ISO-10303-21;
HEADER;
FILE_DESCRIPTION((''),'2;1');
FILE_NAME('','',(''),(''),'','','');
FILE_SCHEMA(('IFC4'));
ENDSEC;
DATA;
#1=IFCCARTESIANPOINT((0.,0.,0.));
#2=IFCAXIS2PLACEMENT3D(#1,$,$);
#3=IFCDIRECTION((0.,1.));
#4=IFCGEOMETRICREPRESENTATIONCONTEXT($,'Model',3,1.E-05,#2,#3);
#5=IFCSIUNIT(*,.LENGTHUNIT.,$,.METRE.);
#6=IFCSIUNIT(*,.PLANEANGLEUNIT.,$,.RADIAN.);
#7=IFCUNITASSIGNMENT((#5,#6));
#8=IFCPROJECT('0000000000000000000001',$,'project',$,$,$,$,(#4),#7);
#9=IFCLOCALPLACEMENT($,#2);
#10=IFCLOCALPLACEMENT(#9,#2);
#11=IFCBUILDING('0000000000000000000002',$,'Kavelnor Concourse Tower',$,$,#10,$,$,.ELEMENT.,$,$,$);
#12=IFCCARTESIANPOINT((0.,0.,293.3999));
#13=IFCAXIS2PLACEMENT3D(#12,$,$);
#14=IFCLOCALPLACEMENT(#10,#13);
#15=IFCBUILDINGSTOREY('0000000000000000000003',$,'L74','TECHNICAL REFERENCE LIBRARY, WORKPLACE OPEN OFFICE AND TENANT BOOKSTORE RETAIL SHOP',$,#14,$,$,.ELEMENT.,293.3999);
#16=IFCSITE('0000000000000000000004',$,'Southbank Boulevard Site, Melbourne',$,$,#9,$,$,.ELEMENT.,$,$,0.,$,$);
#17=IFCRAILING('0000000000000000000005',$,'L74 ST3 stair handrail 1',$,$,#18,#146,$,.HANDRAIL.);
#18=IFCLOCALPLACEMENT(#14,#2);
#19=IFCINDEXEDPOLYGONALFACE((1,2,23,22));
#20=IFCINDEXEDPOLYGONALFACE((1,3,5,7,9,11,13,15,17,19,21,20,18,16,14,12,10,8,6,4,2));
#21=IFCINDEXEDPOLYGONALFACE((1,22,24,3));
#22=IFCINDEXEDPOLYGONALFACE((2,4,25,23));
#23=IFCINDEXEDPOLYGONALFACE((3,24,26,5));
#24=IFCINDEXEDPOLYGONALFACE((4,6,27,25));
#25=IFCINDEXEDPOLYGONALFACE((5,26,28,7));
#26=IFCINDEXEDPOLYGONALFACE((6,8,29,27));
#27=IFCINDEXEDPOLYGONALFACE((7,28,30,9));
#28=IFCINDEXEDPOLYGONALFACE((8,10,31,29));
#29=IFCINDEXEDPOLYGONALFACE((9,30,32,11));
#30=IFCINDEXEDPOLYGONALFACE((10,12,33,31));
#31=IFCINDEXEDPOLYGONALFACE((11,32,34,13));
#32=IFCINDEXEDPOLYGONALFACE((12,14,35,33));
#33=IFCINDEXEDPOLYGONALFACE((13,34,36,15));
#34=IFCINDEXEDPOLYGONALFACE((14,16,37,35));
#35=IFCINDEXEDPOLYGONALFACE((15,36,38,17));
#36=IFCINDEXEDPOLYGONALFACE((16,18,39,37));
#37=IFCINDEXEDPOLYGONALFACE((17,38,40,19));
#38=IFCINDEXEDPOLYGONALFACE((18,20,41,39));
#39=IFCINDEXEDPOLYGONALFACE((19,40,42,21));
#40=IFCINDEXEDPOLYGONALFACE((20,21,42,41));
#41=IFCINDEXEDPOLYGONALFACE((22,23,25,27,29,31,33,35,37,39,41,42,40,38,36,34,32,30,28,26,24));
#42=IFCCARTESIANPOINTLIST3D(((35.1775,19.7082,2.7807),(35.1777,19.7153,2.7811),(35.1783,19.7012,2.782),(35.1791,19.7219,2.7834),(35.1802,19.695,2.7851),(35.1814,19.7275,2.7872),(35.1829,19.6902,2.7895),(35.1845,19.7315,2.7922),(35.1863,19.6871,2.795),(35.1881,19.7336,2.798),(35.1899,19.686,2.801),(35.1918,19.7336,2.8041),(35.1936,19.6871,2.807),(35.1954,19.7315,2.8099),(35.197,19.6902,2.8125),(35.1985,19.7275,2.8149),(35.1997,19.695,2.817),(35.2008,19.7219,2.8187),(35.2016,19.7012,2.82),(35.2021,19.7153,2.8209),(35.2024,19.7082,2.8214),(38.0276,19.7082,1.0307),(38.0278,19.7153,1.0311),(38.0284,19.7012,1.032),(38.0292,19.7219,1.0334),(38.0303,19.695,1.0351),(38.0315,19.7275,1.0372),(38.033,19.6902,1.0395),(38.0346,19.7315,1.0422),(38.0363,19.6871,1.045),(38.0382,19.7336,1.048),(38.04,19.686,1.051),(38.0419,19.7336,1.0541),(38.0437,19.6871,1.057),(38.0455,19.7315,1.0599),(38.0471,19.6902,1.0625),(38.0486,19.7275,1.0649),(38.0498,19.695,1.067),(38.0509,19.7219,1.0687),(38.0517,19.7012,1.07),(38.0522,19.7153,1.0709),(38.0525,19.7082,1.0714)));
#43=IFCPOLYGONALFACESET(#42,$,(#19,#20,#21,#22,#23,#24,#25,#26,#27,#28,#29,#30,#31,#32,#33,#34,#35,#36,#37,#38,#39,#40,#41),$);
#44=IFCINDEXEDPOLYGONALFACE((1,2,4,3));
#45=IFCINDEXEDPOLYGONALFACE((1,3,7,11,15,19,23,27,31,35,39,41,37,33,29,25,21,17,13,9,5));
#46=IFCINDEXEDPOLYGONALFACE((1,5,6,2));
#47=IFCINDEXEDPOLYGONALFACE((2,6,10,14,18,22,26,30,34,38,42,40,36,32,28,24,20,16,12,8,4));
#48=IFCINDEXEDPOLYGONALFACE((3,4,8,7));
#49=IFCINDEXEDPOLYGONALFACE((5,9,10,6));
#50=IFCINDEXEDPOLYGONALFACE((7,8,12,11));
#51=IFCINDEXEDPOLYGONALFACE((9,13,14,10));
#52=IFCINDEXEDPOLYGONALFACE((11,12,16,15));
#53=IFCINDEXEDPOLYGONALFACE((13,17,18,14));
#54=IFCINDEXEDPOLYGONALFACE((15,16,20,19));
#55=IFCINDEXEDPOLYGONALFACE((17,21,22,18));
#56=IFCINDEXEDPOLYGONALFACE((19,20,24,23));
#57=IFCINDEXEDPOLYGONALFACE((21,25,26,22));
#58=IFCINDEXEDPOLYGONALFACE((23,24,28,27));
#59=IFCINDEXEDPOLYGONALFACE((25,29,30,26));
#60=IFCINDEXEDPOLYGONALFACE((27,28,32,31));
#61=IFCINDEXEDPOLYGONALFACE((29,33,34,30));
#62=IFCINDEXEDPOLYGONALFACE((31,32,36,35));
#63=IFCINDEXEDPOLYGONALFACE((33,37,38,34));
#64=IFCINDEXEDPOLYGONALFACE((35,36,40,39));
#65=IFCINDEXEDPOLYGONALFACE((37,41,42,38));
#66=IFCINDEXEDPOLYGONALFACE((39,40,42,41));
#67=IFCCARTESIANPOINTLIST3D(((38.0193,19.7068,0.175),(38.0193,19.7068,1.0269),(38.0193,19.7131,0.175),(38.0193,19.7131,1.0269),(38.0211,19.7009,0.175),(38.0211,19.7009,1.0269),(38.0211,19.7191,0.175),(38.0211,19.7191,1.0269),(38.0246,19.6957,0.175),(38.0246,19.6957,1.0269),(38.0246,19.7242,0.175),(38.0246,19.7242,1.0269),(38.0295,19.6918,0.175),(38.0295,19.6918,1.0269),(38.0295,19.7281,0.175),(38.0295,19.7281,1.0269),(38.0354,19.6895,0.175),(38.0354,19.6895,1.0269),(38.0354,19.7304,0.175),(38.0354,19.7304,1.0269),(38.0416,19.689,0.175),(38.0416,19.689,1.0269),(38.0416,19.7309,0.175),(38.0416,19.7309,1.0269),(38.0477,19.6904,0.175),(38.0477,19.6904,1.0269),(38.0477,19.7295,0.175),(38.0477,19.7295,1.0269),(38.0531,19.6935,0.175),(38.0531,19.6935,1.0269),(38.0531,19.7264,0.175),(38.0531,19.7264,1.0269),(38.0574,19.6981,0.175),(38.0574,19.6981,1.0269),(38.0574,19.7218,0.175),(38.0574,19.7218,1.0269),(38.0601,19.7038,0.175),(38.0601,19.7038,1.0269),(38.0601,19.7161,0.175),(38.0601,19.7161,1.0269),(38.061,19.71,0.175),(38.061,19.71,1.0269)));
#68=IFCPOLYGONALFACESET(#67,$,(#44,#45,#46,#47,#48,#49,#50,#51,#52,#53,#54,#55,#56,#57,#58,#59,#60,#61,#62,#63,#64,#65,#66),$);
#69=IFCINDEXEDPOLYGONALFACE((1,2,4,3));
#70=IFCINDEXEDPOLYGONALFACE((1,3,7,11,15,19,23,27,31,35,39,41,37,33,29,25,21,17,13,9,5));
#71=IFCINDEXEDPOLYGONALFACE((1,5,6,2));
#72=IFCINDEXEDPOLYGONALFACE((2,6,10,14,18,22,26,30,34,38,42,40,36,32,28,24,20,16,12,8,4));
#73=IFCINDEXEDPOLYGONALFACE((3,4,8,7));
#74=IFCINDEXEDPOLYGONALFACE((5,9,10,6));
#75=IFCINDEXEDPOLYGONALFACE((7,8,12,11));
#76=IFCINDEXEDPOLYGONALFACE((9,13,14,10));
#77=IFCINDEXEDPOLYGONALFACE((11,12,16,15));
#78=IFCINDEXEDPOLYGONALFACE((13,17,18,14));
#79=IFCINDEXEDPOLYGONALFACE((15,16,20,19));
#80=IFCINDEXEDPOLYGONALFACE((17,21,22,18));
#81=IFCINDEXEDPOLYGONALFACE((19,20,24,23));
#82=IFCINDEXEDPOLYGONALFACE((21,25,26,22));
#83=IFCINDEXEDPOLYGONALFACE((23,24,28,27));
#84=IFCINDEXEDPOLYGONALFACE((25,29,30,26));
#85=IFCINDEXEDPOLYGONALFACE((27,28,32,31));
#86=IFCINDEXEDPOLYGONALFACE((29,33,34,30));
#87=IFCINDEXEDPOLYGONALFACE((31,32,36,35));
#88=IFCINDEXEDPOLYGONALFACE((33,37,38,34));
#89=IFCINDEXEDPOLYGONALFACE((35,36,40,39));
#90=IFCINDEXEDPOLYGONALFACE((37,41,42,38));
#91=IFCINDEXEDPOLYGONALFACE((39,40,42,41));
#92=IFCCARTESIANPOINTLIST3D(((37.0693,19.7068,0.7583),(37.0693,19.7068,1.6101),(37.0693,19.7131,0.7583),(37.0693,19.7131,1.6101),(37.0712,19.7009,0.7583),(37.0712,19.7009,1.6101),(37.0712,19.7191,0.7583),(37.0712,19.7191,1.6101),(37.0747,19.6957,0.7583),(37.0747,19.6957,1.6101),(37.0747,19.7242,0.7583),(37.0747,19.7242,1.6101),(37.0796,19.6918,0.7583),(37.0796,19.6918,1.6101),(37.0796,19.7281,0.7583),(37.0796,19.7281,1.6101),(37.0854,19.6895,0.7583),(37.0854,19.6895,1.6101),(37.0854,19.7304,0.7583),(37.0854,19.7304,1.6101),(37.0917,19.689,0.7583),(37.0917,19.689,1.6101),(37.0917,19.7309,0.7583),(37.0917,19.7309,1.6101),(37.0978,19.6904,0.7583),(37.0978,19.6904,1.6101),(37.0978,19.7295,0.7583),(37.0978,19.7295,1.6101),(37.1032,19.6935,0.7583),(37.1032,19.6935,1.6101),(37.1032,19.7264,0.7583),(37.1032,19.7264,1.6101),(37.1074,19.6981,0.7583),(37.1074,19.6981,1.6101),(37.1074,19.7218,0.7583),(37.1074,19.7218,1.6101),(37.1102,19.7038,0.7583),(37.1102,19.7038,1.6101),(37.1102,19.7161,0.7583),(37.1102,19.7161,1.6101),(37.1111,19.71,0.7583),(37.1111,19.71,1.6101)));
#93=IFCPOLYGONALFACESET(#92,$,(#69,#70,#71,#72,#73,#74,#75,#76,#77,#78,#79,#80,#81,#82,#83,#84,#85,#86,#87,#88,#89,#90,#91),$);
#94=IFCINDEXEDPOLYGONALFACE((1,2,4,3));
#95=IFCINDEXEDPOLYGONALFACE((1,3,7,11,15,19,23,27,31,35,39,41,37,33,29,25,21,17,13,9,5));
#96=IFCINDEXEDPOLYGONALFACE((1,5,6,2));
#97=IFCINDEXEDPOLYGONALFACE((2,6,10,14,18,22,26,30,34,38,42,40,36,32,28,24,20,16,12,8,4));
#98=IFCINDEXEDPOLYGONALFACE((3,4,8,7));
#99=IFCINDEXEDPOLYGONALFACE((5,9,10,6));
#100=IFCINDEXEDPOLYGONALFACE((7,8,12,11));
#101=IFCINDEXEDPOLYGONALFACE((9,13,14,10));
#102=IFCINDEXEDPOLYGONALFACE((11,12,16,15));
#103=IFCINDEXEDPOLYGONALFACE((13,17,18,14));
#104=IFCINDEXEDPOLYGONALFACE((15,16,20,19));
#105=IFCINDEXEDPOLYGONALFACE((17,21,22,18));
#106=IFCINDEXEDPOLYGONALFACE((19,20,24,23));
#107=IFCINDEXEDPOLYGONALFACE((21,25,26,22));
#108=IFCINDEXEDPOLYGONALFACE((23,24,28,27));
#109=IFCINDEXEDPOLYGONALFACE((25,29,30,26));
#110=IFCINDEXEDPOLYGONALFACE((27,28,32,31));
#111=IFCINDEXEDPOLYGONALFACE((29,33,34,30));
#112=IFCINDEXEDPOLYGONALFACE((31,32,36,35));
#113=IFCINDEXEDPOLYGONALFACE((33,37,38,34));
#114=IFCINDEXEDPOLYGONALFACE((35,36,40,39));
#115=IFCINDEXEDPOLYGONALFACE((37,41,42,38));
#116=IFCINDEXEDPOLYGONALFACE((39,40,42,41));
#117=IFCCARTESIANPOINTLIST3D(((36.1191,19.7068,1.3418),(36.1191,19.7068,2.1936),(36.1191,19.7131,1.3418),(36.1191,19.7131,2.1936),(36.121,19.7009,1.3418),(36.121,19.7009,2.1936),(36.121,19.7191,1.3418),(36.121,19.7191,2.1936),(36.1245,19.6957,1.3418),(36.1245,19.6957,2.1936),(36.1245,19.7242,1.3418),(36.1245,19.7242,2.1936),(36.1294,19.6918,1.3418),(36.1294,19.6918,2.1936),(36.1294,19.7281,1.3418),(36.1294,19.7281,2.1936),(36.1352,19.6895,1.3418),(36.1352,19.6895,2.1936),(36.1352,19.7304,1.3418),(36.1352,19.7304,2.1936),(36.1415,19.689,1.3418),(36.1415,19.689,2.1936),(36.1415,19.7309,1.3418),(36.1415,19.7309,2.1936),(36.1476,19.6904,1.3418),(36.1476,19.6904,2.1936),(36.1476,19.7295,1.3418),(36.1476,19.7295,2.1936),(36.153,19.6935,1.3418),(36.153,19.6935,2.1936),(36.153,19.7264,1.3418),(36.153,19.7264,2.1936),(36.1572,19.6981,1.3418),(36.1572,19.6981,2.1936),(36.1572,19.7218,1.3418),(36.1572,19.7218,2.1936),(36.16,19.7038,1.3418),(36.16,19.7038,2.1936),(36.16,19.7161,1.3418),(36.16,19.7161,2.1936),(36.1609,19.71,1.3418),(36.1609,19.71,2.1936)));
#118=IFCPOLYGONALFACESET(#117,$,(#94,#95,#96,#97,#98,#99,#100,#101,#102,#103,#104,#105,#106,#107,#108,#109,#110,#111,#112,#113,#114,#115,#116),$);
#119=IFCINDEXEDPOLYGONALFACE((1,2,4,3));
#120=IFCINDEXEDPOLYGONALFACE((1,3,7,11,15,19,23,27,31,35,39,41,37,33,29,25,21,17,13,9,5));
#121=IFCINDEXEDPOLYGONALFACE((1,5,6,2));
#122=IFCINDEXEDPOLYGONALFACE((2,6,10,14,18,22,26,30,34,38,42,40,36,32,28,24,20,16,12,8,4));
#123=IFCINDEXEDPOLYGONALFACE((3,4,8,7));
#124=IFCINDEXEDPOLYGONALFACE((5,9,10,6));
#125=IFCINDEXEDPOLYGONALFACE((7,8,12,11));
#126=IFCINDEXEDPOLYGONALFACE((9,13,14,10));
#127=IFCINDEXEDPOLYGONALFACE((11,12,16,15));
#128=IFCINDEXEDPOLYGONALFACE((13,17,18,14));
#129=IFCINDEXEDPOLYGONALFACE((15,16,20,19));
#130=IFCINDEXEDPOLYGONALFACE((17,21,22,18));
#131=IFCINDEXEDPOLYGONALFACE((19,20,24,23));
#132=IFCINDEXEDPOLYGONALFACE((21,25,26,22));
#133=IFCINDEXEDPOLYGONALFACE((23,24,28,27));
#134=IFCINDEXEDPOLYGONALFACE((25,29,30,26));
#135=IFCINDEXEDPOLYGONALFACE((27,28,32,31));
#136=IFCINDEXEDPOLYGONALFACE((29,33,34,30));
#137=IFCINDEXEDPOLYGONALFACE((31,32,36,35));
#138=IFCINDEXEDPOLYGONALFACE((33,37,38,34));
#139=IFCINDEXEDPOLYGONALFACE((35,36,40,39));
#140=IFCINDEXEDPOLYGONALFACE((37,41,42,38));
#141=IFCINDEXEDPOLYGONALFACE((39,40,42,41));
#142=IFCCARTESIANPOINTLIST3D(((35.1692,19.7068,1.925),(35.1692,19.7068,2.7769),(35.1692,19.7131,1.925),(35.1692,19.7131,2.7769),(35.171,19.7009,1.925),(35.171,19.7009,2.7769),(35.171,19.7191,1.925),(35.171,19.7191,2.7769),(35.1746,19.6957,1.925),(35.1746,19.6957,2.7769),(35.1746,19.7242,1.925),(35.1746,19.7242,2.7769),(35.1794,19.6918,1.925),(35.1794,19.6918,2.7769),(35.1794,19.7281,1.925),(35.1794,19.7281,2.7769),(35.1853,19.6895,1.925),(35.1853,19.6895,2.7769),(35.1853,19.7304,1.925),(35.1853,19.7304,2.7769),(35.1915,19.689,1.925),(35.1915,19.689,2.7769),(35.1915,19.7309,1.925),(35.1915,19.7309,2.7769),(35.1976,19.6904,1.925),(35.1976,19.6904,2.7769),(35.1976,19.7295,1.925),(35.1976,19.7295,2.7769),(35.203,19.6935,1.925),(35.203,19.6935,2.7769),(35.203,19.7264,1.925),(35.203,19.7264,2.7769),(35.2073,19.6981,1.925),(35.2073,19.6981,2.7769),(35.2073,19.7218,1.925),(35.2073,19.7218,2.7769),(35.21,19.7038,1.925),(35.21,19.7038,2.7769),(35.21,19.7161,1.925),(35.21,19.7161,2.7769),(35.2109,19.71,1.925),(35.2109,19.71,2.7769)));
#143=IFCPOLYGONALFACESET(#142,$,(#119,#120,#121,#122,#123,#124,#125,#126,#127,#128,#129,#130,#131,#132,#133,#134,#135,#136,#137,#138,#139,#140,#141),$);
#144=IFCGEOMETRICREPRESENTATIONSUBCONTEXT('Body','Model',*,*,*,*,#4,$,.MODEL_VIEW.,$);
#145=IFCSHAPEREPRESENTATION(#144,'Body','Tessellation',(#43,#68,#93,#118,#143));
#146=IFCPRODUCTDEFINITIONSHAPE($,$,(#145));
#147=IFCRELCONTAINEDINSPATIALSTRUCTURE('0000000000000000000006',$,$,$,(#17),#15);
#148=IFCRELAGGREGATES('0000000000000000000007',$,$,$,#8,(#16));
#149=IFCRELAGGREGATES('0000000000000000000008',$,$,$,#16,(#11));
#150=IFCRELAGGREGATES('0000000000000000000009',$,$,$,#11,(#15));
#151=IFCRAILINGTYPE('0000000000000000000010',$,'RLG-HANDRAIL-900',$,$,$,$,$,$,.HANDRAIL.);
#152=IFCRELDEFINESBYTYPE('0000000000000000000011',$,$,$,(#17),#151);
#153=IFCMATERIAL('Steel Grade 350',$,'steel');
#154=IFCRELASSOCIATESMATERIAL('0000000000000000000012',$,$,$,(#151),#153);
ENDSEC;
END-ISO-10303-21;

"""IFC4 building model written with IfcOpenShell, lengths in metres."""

from ifc_helpers import new_model, si_unit, direction, frame, origin, origin_2d, place, context, subcontext, project, spatial, circle, extrude, material, type_object, element, save


model = new_model("IFC4")

# Units and contexts
model_context = context("Model", 3, precision=1e-05, world=origin(), true_north=direction((0.0, 1.0)))
body_context = subcontext(model_context, "Body", "Model", "MODEL_VIEW")
ifc_project = project(units=[si_unit("LENGTHUNIT", "METRE"), si_unit("PLANEANGLEUNIT", "RADIAN")], contexts=[model_context])

# Site, building, storey
site_placement = place(None, origin())
site = spatial("IfcSite", under=ifc_project, at=site_placement, Name="Southbank Boulevard Site, Melbourne", CompositionType="ELEMENT", RefElevation=0.0)
building_placement = place(site_placement, origin())
building = spatial("IfcBuilding", under=site, at=building_placement, Name="Kavelnor Concourse Tower", CompositionType="ELEMENT")
storey_placement = place(building_placement, frame((0.0, 0.0, 293.3999)))
storey = spatial("IfcBuildingStorey", under=building, at=storey_placement, Name="L74", Description="TECHNICAL REFERENCE LIBRARY, WORKPLACE OPEN OFFICE AND TENANT BOOKSTORE RETAIL SHOP", CompositionType="ELEMENT", Elevation=293.3999)

# Shared definitions
ifc_material_1 = material(Name="Steel Grade 350", Category="steel")

# Railing
railing_type_1 = type_object("IfcRailingType", Name="RLG-HANDRAIL-900", PredefinedType="HANDRAIL", material=ifc_material_1)
railing_1_placement = place(storey_placement, frame((38.04, 19.71, 0.175)))
element("IfcRailing", 1, at=railing_1_placement, inside=storey, type_object=railing_type_1, Name="L74 ST3 stair handrail 1", PredefinedType="HANDRAIL", context=body_context, shape_type="SweptSolid", body=[
    extrude(circle(Radius=0.0239, at=origin_2d()), frame((0.0, 0.0, 0.876), z_axis=(-0.852179, 0.0, 0.52325), x_axis=(0.0, -1.0, 0.0)), (0.0, 0.0, 1.0), 3.3445),
    extrude(circle(Radius=0.021, at=origin_2d()), origin(), (0.0, 0.0, 1.0), 0.8518),
    extrude(circle(Radius=0.021, at=origin_2d()), frame((-0.95, 0.0, 0.5833)), (0.0, 0.0, 1.0), 0.8518),
    extrude(circle(Radius=0.021, at=origin_2d()), frame((-1.9001, 0.0, 1.1667)), (0.0, 0.0, 1.0), 0.8518),
    extrude(circle(Radius=0.021, at=origin_2d()), frame((-2.8501, 0.0, 1.75)), (0.0, 0.0, 1.0), 0.8518),
])

save(model, "model.ifc")
